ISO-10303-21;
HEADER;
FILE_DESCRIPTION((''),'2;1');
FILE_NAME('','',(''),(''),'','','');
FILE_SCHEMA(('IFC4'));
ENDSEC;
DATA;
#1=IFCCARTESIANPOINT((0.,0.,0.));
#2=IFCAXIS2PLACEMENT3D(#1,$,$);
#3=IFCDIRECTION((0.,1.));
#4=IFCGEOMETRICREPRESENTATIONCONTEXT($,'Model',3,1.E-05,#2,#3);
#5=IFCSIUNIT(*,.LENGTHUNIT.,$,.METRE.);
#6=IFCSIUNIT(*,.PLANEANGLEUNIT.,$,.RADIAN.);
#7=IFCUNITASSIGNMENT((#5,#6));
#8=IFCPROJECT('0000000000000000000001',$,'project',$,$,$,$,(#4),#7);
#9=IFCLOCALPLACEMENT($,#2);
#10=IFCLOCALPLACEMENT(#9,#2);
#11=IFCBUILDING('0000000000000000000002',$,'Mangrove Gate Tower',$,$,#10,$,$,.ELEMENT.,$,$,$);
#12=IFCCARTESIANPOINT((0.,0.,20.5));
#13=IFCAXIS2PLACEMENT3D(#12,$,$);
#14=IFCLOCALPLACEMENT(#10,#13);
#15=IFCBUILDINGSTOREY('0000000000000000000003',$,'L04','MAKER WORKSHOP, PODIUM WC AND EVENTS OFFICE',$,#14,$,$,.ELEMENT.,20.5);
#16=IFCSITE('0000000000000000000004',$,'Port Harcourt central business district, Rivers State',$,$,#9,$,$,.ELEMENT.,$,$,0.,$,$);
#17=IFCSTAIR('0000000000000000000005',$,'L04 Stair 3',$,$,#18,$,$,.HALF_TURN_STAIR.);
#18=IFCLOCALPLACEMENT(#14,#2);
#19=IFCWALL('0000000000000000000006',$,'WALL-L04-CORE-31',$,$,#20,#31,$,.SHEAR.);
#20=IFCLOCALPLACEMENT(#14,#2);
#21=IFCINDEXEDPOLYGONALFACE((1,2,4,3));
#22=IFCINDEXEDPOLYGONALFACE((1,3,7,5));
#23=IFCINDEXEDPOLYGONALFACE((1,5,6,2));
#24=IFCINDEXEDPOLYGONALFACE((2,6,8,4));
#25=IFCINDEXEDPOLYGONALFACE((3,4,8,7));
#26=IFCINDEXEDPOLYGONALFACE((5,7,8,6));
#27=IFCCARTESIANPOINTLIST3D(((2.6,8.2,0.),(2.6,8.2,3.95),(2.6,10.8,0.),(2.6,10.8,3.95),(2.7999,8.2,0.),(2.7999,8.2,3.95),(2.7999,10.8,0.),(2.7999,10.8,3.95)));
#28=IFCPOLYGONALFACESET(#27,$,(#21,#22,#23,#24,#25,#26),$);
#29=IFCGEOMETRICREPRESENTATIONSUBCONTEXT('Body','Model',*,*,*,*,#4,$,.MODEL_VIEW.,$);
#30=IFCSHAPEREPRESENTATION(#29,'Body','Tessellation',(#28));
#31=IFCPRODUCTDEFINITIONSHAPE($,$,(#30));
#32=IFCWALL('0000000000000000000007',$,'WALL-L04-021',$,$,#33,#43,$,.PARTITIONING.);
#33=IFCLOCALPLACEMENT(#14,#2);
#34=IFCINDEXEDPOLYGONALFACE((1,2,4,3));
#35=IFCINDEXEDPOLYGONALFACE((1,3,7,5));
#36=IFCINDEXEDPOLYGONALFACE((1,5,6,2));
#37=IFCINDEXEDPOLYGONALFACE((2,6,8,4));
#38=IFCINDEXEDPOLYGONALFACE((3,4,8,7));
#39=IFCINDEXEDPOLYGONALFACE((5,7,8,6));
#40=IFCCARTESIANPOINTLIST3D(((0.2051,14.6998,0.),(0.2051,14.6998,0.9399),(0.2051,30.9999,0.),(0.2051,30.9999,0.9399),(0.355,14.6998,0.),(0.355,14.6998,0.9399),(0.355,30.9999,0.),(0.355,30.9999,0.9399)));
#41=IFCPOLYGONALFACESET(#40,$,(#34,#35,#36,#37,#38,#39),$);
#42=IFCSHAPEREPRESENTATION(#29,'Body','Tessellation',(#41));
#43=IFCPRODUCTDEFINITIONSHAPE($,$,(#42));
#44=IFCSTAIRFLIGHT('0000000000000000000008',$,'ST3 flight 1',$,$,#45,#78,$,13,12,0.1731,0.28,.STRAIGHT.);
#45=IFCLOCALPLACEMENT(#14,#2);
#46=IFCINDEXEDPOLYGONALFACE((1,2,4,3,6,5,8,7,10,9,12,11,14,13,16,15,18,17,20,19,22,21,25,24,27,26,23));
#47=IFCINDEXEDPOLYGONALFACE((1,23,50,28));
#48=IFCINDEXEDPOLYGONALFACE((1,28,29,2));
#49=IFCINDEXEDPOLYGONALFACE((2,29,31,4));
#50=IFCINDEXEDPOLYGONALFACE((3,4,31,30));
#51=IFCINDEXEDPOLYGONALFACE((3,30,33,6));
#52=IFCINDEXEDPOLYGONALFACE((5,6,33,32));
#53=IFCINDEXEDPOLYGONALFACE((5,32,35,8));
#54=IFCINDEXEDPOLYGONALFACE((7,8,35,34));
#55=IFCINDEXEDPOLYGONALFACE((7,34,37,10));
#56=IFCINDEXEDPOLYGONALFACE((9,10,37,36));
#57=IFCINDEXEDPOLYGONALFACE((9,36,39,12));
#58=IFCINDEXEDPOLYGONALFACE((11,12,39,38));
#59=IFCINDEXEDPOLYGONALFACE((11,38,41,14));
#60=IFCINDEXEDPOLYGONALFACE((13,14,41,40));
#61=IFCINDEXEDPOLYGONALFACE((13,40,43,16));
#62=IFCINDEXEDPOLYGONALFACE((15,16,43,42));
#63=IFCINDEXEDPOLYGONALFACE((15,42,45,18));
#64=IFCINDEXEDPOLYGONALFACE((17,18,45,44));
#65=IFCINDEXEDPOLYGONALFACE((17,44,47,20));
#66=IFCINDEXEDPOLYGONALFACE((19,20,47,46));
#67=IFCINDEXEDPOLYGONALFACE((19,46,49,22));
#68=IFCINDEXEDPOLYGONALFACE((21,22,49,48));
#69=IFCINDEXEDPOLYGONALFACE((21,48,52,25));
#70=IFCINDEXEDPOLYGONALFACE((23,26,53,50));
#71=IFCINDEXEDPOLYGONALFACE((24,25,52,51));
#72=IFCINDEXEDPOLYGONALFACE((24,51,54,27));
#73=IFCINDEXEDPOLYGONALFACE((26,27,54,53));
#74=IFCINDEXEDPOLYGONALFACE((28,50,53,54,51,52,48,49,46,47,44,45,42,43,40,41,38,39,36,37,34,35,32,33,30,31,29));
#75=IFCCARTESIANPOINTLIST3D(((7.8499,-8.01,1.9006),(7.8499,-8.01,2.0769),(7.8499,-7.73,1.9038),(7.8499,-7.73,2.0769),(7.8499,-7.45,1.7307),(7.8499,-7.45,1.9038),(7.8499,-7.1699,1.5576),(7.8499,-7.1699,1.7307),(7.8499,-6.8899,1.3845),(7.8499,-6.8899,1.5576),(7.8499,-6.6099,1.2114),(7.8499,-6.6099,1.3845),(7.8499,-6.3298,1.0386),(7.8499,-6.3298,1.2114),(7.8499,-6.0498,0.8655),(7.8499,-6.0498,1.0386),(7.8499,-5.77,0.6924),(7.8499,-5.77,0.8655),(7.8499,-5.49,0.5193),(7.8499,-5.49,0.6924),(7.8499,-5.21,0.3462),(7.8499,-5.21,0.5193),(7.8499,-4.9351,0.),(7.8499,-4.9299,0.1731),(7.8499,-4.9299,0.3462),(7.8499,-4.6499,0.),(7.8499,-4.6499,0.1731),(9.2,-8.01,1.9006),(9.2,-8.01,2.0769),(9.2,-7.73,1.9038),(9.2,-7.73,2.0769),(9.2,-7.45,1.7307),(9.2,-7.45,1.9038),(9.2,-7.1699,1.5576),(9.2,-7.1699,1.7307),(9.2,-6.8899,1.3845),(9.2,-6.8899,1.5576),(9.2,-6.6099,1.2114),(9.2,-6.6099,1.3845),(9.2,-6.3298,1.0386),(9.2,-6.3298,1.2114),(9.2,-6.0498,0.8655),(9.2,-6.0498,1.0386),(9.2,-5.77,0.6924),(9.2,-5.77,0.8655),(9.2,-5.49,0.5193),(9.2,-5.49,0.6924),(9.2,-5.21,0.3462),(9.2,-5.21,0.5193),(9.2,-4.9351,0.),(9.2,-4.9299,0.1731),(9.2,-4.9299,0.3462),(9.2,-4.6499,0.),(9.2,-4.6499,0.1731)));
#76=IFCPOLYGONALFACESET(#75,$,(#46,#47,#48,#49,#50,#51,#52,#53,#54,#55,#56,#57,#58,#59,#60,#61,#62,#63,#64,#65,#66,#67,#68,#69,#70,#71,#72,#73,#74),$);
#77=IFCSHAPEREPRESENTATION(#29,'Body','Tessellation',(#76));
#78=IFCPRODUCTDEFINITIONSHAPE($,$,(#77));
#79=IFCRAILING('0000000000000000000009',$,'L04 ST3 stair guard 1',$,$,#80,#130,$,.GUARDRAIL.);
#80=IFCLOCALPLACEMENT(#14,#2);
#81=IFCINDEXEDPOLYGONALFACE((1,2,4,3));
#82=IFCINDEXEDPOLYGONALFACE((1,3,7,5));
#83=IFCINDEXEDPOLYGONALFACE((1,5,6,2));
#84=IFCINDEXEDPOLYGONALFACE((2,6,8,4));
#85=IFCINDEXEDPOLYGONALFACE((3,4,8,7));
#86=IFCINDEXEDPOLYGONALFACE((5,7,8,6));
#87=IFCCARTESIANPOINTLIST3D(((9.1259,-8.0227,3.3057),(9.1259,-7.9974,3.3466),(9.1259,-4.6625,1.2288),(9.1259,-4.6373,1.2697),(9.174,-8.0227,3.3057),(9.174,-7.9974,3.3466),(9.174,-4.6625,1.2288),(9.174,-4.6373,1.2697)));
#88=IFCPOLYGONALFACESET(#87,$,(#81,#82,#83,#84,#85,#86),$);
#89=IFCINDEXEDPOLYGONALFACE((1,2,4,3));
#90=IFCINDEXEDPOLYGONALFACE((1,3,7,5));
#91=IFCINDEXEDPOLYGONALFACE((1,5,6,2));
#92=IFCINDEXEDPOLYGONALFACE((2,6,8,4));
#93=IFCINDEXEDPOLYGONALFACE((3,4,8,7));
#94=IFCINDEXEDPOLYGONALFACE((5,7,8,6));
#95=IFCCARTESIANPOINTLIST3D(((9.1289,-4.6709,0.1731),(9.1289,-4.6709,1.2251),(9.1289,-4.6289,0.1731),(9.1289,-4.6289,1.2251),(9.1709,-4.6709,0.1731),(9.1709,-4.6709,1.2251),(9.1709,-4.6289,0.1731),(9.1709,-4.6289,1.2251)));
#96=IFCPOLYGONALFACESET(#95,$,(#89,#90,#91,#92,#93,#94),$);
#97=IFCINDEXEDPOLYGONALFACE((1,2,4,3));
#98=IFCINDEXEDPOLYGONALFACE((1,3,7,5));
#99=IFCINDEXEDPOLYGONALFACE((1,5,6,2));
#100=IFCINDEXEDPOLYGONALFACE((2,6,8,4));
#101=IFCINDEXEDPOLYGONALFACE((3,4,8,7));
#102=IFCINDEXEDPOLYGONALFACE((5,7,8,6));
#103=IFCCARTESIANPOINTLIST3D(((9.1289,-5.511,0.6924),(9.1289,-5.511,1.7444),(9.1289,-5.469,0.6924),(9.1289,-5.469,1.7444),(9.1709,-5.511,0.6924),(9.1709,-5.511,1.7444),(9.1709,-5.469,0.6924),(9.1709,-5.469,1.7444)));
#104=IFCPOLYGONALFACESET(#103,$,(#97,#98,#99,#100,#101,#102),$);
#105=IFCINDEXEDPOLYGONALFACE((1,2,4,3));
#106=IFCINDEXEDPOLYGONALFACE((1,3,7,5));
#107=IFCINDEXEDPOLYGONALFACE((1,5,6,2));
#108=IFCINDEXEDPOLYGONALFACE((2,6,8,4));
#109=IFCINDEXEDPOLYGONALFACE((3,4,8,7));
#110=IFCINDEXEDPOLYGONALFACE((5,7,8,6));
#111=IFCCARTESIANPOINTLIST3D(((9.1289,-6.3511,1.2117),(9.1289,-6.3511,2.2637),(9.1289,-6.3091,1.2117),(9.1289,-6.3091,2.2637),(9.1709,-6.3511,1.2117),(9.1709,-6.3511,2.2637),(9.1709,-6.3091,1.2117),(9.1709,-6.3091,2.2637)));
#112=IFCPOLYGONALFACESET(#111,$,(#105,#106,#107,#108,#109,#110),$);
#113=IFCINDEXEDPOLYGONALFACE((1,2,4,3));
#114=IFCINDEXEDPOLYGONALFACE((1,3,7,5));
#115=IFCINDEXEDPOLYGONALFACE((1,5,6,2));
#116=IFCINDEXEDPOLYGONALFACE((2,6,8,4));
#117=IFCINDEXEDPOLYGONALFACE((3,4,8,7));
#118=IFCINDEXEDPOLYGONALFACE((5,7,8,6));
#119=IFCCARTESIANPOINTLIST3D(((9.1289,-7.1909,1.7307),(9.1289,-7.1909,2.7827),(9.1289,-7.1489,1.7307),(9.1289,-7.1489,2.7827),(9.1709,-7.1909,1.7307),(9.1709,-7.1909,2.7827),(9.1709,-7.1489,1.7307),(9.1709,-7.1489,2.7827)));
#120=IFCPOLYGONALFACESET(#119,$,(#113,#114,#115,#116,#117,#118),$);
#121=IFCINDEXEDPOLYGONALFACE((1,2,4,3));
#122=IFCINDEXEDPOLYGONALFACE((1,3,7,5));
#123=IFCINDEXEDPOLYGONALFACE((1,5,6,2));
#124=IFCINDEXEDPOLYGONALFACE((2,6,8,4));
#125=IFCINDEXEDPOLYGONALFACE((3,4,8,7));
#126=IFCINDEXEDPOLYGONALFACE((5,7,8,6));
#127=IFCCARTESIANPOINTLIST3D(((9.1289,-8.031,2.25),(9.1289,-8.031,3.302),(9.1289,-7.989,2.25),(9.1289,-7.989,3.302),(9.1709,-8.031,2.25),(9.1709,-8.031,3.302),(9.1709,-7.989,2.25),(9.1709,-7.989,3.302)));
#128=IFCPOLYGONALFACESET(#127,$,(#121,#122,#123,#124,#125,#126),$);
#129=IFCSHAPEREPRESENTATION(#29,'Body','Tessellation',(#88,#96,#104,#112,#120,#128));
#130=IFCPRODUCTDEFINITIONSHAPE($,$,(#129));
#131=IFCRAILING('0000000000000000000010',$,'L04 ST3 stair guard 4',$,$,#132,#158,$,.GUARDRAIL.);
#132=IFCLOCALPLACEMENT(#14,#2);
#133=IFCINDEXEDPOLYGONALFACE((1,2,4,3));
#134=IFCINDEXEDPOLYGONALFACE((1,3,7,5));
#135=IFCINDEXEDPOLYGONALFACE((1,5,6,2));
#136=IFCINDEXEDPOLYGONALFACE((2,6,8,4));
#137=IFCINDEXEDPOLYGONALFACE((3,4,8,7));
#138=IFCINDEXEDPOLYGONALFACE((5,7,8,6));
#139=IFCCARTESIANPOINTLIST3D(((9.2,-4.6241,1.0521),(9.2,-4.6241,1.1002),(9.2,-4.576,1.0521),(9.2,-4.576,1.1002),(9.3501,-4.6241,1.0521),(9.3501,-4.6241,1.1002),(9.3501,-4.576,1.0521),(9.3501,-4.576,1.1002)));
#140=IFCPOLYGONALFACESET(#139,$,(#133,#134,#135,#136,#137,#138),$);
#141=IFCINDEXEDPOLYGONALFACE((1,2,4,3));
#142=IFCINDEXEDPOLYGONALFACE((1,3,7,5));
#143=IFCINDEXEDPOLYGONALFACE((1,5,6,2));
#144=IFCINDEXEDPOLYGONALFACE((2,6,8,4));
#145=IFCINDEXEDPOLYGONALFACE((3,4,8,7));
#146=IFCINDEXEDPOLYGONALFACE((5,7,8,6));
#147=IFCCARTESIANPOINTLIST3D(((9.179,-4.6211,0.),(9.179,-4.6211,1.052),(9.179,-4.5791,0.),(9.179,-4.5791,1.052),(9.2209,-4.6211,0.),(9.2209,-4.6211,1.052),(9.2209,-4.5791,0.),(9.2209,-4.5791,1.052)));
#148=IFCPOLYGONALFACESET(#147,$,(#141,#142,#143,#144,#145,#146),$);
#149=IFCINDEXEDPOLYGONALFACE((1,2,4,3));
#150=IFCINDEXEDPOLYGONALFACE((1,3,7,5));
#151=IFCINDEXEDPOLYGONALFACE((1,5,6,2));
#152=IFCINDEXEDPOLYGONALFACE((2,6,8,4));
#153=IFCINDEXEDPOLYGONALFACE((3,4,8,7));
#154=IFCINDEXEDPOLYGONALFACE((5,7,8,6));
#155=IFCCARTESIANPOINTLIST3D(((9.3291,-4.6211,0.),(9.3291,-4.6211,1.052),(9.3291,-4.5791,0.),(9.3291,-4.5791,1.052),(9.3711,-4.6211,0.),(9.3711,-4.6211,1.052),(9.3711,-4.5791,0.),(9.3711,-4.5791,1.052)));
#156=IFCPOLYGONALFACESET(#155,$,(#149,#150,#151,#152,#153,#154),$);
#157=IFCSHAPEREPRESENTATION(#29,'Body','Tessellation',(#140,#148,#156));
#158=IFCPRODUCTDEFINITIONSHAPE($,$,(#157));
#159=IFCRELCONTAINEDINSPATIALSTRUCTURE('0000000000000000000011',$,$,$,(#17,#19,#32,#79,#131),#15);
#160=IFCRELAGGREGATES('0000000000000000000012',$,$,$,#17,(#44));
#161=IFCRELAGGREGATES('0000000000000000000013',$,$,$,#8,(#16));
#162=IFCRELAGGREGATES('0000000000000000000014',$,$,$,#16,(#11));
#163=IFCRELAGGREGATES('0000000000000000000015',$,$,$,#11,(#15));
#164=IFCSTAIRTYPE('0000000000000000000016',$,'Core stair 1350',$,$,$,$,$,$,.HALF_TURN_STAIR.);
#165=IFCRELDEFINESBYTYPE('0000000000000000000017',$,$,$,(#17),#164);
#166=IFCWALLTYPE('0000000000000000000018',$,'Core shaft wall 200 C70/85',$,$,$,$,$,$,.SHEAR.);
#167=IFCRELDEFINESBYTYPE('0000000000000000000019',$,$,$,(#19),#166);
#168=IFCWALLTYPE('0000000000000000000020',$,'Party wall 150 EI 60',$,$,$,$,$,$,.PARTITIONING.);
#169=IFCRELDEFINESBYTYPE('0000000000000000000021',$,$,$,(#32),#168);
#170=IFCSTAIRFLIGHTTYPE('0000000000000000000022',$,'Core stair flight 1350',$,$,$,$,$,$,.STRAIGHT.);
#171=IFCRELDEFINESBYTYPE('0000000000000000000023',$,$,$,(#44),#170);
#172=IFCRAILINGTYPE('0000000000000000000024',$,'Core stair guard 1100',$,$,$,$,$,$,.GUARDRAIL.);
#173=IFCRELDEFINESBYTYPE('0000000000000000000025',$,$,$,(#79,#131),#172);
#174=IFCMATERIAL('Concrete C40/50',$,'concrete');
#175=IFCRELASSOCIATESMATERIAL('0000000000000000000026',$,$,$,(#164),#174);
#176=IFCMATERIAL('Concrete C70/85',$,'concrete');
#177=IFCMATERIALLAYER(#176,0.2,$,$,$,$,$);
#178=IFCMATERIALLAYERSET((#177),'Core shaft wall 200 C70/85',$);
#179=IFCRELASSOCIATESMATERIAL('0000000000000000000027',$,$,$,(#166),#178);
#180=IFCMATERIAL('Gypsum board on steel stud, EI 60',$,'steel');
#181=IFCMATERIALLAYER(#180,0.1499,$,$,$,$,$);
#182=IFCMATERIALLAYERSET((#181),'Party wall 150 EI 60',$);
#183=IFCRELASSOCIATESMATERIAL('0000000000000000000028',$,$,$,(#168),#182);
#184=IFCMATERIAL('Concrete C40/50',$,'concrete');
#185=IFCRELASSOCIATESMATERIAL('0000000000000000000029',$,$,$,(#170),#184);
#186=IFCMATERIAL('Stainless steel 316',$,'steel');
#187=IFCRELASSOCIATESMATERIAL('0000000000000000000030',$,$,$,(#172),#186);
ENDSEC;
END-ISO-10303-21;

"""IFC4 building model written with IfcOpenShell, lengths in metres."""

from ifc_helpers import new_model, si_unit, direction, frame, frame_2d, origin, origin_2d, place, context, subcontext, project, spatial, polyline, rectangle, outline, extrude, material, layer, layer_set, type_object, element, aggregate, save


model = new_model("IFC4")

# Units and contexts
model_context = context("Model", 3, precision=1e-05, world=origin(), true_north=direction((0.0, 1.0)))
body_context = subcontext(model_context, "Body", "Model", "MODEL_VIEW")
ifc_project = project(units=[si_unit("LENGTHUNIT", "METRE"), si_unit("PLANEANGLEUNIT", "RADIAN")], contexts=[model_context])

# Site, building, storey
site_placement = place(None, origin())
site = spatial("IfcSite", under=ifc_project, at=site_placement, Name="Port Harcourt central business district, Rivers State", CompositionType="ELEMENT", RefElevation=0.0)
building_placement = place(site_placement, origin())
building = spatial("IfcBuilding", under=site, at=building_placement, Name="Mangrove Gate Tower", CompositionType="ELEMENT")
storey_placement = place(building_placement, frame((0.0, 0.0, 20.5)))
storey = spatial("IfcBuildingStorey", under=building, at=storey_placement, Name="L04", Description="MAKER WORKSHOP, PODIUM WC AND EVENTS OFFICE", CompositionType="ELEMENT", Elevation=20.5)

# Stair
ifc_material_1 = material(Name="Concrete C40/50", Category="concrete")
stair_type = type_object("IfcStairType", Name="Core stair 1350", PredefinedType="HALF_TURN_STAIR", material=ifc_material_1)
stair_1_placement = place(storey_placement, origin())
stair_1 = element("IfcStair", 1, at=stair_1_placement, inside=storey, type_object=stair_type, Name="L04 Stair 3", PredefinedType="HALF_TURN_STAIR")

# Shared definitions
ifc_material_2 = material(Name="Concrete C70/85", Category="concrete")
ifc_layer_1 = layer(ifc_material_2, 0.2)
ifc_layer_set_1 = layer_set([ifc_layer_1], Name="Core shaft wall 200 C70/85")
wall_type_1 = type_object("IfcWallType", Name="Core shaft wall 200 C70/85", PredefinedType="SHEAR", material=ifc_layer_set_1)

# Walls
for number, where, z_axis, x_axis, name in (
    (2, (2.7, 8.2, 0.0), (0.0, 0.0, 1.0), (0.0, 1.0, 0.0), "WALL-L04-CORE-31"),
):
    element("IfcWall", number, at=place(storey_placement, frame(where, z_axis=z_axis, x_axis=x_axis)), inside=storey, type_object=wall_type_1, Name=name, PredefinedType="SHEAR", context=body_context, shape_type="SweptSolid", body=[
        extrude(rectangle(XDim=2.6001, YDim=0.2, at=frame_2d((1.3, 0.0))), origin(), (0.0, 0.0, 1.0), 3.95),
    ])
ifc_material_3 = material(Name="Gypsum board on steel stud, EI 60", Category="steel")
ifc_layer_2 = layer(ifc_material_3, 0.1499)
ifc_layer_set_2 = layer_set([ifc_layer_2], Name="Party wall 150 EI 60")
wall_type_2 = type_object("IfcWallType", Name="Party wall 150 EI 60", PredefinedType="PARTITIONING", material=ifc_layer_set_2)
wall_1_placement = place(storey_placement, frame((0.28, 14.7, 0.0), z_axis=(0.0, 0.0, 1.0), x_axis=(0.0, 1.0, 0.0)))
element("IfcWall", 3, at=wall_1_placement, inside=storey, type_object=wall_type_2, Name="WALL-L04-021", PredefinedType="PARTITIONING", context=body_context, shape_type="SweptSolid", body=[
    extrude(rectangle(XDim=16.3, YDim=0.1499, at=frame_2d((8.1499, 0.0))), origin(), (0.0, 0.0, 1.0), 0.9399),
])

# Stair flight
ifc_material_4 = material(Name="Concrete C40/50", Category="concrete")
stair_flight_type = type_object("IfcStairFlightType", Name="Core stair flight 1350", PredefinedType="STRAIGHT", material=ifc_material_4)
stair_flight_placement = place(storey_placement, frame((8.5249, -4.6499, 0.0), z_axis=(0.0, 0.0, 1.0), x_axis=(0.0, -1.0, 0.0)))
stair_flight = element("IfcStairFlight", 4, at=stair_flight_placement, type_object=stair_flight_type, Name="ST3 flight 1", NumberOfRisers=13, NumberOfTreads=12, PredefinedType="STRAIGHT", RiserHeight=0.1731, TreadLength=0.28, context=body_context, shape_type="SweptSolid", body=[
    extrude(outline(polyline([(0.0, 0.0), (0.0, 0.1731), (0.28, 0.1731), (0.28, 0.3462), (0.5601, 0.3462), (0.5601, 0.5193), (0.8401, 0.5193), (0.8401, 0.6924), (1.1201, 0.6924), (1.1201, 0.8655), (1.3999, 0.8655), (1.3999, 1.0386), (1.6799, 1.0386), (1.6799, 1.2114), (1.96, 1.2114), (1.96, 1.3845), (2.24, 1.3845), (2.24, 1.5576), (2.52, 1.5576), (2.52, 1.7307), (2.8, 1.7307), (2.8, 1.9038), (3.0801, 1.9038), (3.0801, 2.0769), (3.3601, 2.0769), (3.3601, 2.25), (3.3601, 1.9006), (0.2852, 0.0), (0.0, 0.0)])), frame((0.0, 0.675, 0.0), z_axis=(0.0, -1.0, 0.0), x_axis=(1.0, 0.0, 0.0)), (0.0, 0.0, 1.0), 1.3501),
])
aggregate(stair_1, [stair_flight])

# Railings
ifc_material_5 = material(Name="Stainless steel 316", Category="steel")
railing_type_1 = type_object("IfcRailingType", Name="Core stair guard 1100", PredefinedType="GUARDRAIL", material=ifc_material_5)
railing_1_placement = place(storey_placement, frame((9.1499, -4.6499, 0.1731)))
element("IfcRailing", 5, at=railing_1_placement, inside=storey, type_object=railing_type_1, Name="L04 ST3 stair guard 1", PredefinedType="GUARDRAIL", context=body_context, shape_type="SweptSolid", body=[
    extrude(rectangle(XDim=0.0481, YDim=0.0481, at=origin_2d()), frame((0.0, 0.0, 1.0762), z_axis=(0.0, -0.850623, 0.525776), x_axis=(1.0, 0.0, 0.0)), (0.0, 0.0, 1.0), 3.9502),
    extrude(rectangle(XDim=0.042, YDim=0.042, at=origin_2d()), origin(), (0.0, 0.0, 1.0), 1.052),
    extrude(rectangle(XDim=0.042, YDim=0.042, at=origin_2d()), frame((0.0, -0.8401, 0.5193)), (0.0, 0.0, 1.0), 1.052),
    extrude(rectangle(XDim=0.042, YDim=0.042, at=origin_2d()), frame((0.0, -1.6802, 1.0386)), (0.0, 0.0, 1.0), 1.052),
    extrude(rectangle(XDim=0.042, YDim=0.042, at=origin_2d()), frame((0.0, -2.52, 1.5576)), (0.0, 0.0, 1.0), 1.052),
    extrude(rectangle(XDim=0.042, YDim=0.042, at=origin_2d()), frame((0.0, -3.3601, 2.0769)), (0.0, 0.0, 1.0), 1.052),
])
railing_2_placement = place(storey_placement, frame((9.2, -4.6001, 0.0)))
element("IfcRailing", 6, at=railing_2_placement, inside=storey, type_object=railing_type_1, Name="L04 ST3 stair guard 4", PredefinedType="GUARDRAIL", context=body_context, shape_type="SweptSolid", body=[
    extrude(rectangle(XDim=0.0481, YDim=0.0481, at=origin_2d()), frame((0.0, 0.0, 1.0762), z_axis=(1.0, 0.0, 0.0), x_axis=(0.0, 1.0, 0.0)), (0.0, 0.0, 1.0), 0.1501),
    extrude(rectangle(XDim=0.042, YDim=0.042, at=origin_2d()), origin(), (0.0, 0.0, 1.0), 1.052),
    extrude(rectangle(XDim=0.042, YDim=0.042, at=origin_2d()), frame((0.1501, 0.0, 0.0)), (0.0, 0.0, 1.0), 1.052),
])

save(model, "model.ifc")
